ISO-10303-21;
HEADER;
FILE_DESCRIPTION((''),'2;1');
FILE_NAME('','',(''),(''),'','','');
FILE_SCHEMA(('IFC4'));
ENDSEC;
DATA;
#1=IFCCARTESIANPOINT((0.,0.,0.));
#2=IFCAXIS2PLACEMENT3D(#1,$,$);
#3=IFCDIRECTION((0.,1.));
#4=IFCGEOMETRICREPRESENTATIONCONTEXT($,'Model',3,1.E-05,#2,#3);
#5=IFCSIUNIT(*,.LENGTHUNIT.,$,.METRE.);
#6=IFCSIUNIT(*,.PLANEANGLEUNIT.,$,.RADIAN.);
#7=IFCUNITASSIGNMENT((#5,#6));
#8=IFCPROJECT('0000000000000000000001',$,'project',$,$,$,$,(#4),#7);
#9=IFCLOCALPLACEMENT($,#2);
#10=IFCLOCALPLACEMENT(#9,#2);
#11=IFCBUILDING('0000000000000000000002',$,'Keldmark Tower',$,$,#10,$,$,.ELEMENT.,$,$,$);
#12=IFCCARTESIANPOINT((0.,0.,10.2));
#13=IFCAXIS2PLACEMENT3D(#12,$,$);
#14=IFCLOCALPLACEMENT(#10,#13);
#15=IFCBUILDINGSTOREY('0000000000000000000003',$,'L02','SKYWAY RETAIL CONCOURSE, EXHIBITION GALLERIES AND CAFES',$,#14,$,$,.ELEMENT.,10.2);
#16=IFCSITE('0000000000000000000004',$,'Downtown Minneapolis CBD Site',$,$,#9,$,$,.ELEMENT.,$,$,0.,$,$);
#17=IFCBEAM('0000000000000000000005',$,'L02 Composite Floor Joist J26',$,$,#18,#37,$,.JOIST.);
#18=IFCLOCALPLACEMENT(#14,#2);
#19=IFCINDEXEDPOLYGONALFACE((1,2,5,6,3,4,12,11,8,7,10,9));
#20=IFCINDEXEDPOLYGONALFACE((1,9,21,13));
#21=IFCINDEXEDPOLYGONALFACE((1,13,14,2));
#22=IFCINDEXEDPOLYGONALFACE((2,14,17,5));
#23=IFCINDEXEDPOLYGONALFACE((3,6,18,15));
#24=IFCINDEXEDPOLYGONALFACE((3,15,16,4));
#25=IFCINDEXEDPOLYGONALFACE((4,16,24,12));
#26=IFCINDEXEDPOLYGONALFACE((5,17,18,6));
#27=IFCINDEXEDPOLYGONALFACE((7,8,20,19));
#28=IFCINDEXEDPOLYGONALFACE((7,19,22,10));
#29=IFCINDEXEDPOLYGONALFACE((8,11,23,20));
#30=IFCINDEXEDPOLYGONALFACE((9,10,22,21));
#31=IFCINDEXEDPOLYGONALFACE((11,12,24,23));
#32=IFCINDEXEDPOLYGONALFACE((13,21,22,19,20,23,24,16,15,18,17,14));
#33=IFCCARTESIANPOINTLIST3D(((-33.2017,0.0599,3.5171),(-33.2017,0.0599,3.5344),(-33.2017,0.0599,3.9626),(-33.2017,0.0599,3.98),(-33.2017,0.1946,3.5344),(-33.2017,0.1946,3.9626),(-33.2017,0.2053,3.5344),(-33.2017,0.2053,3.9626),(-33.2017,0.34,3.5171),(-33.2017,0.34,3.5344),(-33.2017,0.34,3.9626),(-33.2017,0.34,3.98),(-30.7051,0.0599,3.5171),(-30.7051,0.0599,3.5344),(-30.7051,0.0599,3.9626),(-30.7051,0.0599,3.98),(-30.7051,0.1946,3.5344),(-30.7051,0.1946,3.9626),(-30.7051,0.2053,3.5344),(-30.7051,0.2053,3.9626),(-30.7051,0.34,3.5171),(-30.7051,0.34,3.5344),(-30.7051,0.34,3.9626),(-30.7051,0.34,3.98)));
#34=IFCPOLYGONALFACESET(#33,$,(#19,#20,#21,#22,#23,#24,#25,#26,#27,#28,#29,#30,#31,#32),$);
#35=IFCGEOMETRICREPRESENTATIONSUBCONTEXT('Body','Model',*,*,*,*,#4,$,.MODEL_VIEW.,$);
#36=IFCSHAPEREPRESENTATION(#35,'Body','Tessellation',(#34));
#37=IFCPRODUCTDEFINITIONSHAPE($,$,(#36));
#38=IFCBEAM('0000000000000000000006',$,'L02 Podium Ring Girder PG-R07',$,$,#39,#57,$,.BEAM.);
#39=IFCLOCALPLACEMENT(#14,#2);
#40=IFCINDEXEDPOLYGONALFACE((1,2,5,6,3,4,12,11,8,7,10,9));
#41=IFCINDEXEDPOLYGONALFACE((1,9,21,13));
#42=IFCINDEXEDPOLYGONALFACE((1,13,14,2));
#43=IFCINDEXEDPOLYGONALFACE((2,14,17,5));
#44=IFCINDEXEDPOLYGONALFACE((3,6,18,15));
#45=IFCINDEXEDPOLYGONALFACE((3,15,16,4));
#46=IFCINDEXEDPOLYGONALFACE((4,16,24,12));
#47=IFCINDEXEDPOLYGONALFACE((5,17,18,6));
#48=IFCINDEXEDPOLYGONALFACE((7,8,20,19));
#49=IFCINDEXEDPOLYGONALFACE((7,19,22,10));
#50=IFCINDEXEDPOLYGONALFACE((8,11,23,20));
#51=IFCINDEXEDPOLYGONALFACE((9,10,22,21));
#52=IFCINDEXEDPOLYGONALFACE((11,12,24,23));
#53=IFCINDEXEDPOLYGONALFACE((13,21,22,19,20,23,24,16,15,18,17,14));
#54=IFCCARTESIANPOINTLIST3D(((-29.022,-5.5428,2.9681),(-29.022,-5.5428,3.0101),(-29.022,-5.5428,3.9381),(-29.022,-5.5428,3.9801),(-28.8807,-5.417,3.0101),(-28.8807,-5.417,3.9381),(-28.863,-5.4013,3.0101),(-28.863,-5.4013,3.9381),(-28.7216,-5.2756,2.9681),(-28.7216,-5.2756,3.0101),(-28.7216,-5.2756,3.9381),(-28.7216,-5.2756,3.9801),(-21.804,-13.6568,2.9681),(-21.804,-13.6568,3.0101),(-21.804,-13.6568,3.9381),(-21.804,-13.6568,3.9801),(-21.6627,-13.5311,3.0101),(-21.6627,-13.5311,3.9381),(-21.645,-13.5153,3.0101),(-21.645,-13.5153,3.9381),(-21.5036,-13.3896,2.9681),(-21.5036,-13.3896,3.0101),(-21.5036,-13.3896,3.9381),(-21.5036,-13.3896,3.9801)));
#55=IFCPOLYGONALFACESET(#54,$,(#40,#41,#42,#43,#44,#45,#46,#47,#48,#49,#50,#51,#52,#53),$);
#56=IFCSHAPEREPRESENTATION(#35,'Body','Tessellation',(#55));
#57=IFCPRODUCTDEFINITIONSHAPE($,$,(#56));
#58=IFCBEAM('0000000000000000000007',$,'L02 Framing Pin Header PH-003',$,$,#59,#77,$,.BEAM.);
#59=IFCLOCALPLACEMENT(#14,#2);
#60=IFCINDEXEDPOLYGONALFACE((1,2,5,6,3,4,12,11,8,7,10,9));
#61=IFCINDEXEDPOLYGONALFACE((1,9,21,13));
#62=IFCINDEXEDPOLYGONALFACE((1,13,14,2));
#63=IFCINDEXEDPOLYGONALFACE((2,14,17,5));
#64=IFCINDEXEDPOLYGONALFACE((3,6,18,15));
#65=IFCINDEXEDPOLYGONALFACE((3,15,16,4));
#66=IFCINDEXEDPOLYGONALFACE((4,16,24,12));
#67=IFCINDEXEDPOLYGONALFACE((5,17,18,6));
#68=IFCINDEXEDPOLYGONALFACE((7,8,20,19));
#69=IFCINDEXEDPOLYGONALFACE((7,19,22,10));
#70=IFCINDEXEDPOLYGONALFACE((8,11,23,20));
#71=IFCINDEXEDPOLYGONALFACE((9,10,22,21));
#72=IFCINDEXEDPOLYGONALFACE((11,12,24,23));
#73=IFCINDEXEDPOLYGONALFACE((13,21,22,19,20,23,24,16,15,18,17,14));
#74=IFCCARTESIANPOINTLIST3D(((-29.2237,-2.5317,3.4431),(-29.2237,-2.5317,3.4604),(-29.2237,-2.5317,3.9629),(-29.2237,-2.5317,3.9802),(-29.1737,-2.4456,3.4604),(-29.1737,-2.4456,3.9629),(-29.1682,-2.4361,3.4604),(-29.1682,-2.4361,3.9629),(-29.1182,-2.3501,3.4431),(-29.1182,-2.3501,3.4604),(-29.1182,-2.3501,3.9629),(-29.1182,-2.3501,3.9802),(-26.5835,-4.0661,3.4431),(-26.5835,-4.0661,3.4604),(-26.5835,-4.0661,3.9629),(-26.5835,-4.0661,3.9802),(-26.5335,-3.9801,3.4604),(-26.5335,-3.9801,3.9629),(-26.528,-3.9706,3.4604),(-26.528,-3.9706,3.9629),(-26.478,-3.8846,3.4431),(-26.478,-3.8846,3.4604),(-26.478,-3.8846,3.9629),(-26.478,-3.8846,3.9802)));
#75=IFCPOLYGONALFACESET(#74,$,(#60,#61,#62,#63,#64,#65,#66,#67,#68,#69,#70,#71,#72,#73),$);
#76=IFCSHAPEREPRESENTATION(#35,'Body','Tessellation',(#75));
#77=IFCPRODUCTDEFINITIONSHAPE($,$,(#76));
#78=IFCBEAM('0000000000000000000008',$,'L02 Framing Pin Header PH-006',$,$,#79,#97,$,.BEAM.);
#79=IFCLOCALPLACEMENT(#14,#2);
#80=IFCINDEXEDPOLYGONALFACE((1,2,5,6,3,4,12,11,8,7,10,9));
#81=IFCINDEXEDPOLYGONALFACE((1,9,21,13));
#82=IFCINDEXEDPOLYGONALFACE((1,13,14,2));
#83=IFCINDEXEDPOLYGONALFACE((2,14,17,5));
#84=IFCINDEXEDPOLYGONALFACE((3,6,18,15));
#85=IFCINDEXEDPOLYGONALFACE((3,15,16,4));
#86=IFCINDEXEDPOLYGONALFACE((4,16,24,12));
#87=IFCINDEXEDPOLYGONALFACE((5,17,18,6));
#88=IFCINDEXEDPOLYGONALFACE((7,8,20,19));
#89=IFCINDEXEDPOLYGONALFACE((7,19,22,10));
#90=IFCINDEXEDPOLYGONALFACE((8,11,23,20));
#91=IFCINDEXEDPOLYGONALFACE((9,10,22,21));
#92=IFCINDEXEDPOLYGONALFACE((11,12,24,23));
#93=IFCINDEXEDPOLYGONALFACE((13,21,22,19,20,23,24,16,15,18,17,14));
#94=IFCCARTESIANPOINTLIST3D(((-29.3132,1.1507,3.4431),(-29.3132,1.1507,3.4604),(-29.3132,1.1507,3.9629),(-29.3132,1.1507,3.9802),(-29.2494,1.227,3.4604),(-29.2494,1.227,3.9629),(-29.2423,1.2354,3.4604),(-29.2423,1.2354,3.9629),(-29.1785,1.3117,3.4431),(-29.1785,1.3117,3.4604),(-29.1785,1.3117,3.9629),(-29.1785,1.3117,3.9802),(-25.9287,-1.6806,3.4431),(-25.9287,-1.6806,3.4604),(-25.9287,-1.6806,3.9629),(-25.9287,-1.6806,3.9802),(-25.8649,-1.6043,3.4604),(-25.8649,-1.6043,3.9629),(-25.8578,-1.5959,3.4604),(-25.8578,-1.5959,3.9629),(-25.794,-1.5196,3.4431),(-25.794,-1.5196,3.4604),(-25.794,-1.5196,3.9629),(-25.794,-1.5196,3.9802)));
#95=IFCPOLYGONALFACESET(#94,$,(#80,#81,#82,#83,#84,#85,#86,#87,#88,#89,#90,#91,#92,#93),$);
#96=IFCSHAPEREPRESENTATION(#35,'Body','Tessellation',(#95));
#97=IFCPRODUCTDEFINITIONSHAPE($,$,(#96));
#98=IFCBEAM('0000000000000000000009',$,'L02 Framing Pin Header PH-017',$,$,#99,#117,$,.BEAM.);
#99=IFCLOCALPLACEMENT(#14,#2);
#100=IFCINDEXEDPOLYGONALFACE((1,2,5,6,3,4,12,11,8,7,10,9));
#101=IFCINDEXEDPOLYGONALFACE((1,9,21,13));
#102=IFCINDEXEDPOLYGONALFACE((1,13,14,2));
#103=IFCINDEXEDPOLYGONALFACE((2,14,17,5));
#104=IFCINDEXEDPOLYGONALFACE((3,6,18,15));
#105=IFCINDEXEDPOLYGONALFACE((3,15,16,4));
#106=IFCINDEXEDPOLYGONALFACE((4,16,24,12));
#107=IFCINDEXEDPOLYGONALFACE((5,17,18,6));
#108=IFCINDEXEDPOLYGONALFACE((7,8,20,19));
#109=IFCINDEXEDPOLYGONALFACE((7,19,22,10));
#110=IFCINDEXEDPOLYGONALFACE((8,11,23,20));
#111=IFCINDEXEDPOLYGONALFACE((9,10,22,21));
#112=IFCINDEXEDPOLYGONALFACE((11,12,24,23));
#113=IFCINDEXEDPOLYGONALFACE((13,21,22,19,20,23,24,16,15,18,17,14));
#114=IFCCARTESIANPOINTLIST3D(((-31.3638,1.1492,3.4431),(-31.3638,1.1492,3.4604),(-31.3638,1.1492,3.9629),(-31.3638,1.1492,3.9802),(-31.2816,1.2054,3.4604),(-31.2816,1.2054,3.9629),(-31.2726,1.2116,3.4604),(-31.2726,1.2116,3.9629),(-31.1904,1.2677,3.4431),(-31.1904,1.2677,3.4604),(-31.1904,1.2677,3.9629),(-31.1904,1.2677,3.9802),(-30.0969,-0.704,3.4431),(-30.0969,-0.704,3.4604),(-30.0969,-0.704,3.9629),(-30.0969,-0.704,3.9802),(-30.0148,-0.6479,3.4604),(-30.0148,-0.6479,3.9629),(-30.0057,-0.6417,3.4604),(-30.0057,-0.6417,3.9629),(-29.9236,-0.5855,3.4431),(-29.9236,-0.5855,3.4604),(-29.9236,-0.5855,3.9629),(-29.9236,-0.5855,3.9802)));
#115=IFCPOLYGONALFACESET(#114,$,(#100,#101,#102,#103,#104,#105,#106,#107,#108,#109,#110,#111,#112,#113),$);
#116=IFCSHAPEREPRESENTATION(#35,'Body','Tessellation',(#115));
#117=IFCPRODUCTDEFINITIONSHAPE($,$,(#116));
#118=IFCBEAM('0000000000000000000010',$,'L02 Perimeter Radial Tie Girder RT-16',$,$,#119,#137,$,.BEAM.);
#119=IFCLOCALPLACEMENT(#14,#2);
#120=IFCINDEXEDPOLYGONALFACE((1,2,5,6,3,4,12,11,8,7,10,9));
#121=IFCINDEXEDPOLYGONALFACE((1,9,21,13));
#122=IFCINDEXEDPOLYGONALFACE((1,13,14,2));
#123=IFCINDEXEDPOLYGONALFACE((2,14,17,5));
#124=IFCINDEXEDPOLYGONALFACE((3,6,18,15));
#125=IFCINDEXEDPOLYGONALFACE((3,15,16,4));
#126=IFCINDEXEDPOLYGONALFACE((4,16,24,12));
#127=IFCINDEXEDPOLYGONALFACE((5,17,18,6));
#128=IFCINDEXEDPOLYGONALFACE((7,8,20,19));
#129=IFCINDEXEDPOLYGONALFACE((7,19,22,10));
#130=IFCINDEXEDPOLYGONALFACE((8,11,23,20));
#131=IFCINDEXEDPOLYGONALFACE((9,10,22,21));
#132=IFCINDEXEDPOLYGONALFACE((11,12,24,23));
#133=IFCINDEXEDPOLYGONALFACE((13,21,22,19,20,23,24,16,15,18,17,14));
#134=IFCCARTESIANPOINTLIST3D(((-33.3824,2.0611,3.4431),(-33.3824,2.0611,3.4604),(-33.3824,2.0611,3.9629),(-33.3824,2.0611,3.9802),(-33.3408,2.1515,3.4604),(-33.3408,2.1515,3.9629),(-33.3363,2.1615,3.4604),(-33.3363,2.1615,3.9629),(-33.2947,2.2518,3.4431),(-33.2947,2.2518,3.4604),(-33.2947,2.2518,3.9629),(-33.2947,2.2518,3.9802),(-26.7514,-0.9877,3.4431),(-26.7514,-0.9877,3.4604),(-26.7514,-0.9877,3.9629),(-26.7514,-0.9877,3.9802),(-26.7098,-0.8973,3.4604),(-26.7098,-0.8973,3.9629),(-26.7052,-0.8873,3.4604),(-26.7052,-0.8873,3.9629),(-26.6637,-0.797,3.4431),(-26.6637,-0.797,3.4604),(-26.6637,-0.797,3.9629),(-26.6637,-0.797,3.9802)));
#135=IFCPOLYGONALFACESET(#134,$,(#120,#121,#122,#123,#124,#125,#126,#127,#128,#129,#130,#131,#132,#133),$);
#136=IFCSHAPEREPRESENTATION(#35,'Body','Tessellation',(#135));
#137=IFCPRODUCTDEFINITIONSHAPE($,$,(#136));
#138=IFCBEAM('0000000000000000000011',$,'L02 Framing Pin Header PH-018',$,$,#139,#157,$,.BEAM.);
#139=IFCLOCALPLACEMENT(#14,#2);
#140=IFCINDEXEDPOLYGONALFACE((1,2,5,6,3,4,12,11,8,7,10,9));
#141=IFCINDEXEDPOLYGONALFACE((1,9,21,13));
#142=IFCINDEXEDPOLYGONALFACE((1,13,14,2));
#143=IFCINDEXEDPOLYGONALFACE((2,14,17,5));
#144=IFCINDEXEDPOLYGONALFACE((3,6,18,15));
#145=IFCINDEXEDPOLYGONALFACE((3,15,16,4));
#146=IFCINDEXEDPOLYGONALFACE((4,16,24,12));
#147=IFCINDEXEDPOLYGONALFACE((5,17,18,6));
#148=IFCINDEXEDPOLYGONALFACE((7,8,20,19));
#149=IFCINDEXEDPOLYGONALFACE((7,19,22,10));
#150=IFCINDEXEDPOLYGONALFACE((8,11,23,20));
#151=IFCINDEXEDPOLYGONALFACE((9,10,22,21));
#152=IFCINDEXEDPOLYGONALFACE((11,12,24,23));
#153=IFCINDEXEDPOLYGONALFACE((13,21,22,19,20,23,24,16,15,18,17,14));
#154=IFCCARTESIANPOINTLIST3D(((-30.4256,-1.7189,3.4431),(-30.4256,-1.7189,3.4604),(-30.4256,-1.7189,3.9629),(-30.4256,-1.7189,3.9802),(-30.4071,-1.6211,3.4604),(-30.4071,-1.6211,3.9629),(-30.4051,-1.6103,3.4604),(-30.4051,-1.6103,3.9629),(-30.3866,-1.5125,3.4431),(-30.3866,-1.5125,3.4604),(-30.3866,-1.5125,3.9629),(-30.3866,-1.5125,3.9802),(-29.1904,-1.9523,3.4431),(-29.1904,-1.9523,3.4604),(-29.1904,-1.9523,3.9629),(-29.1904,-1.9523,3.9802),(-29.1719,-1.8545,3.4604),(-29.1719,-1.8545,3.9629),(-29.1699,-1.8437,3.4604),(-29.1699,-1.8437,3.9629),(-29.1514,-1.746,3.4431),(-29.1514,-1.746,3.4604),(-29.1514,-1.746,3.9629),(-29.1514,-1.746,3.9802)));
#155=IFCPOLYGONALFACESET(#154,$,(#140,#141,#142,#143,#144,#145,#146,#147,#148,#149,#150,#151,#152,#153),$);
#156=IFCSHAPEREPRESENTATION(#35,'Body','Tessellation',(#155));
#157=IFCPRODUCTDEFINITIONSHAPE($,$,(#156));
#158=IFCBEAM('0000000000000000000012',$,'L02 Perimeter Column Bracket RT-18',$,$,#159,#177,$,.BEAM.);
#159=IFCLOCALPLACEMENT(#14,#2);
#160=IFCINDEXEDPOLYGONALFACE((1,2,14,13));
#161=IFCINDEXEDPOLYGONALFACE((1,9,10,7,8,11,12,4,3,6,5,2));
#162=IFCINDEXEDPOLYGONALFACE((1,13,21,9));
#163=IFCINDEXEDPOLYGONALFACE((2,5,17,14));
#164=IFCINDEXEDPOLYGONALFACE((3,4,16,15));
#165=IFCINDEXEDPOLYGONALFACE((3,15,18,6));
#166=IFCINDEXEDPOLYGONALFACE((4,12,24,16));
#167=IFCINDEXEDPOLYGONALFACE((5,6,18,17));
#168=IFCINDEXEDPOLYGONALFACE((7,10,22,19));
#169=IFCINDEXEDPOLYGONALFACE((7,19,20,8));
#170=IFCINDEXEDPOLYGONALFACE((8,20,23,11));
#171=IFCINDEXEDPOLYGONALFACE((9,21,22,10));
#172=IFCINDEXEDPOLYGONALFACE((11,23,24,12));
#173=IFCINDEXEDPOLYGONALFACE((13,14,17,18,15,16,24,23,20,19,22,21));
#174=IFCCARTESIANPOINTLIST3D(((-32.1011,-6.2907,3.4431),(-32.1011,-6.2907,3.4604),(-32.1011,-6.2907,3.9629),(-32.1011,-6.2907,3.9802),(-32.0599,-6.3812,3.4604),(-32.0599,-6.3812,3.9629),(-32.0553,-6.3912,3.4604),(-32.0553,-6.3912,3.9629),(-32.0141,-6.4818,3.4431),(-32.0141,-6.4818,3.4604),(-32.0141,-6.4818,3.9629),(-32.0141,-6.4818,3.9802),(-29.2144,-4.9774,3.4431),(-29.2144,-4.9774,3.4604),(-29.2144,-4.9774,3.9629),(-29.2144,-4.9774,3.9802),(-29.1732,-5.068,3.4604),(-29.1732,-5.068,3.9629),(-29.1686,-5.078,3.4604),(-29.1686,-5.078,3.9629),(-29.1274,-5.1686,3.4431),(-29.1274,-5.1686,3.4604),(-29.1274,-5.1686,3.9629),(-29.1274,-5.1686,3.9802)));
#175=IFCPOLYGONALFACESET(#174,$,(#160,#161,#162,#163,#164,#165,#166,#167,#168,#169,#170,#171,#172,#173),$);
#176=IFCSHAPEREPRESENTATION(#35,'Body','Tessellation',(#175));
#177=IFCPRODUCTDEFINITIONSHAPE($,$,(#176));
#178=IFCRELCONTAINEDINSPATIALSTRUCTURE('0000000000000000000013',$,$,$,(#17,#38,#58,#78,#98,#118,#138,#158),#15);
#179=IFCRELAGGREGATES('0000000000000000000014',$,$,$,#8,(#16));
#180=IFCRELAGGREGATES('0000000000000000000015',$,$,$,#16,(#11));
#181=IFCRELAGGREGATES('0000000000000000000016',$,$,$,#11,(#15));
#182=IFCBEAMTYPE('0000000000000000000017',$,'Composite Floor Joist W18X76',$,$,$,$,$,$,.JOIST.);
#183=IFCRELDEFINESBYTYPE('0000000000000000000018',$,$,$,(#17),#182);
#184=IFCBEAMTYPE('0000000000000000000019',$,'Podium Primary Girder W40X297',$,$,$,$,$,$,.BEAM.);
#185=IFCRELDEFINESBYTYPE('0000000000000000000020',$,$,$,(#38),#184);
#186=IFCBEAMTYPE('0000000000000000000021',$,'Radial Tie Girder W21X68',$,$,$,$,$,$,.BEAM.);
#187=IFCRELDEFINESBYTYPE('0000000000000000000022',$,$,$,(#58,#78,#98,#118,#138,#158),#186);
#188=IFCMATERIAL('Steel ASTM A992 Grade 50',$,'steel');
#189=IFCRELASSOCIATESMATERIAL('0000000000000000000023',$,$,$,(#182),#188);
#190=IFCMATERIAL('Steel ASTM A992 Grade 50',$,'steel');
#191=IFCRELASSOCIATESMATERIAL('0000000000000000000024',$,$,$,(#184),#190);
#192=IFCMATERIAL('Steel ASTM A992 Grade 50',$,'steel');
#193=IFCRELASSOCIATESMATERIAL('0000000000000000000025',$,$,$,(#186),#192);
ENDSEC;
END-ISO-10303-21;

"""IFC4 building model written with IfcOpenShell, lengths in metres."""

from ifc_helpers import new_model, si_unit, direction, frame, origin, origin_2d, place, context, subcontext, project, spatial, i_section, extrude, material, material_profile, profile_set, type_object, element, save


model = new_model("IFC4")

# Units and contexts
model_context = context("Model", 3, precision=1e-05, world=origin(), true_north=direction((0.0, 1.0)))
body_context = subcontext(model_context, "Body", "Model", "MODEL_VIEW")
ifc_project = project(units=[si_unit("LENGTHUNIT", "METRE"), si_unit("PLANEANGLEUNIT", "RADIAN")], contexts=[model_context])

# Site, building, storey
site_placement = place(None, origin())
site = spatial("IfcSite", under=ifc_project, at=site_placement, Name="Downtown Minneapolis CBD Site", CompositionType="ELEMENT", RefElevation=0.0)
building_placement = place(site_placement, origin())
building = spatial("IfcBuilding", under=site, at=building_placement, Name="Keldmark Tower", CompositionType="ELEMENT")
storey_placement = place(building_placement, frame((0.0, 0.0, 10.2)))
storey = spatial("IfcBuildingStorey", under=building, at=storey_placement, Name="L02", Description="SKYWAY RETAIL CONCOURSE, EXHIBITION GALLERIES AND CAFES", CompositionType="ELEMENT", Elevation=10.2)

# Beams
ifc_material_1 = material(Name="Steel ASTM A992 Grade 50", Category="steel")
ifc_material_profile_1 = material_profile(ifc_material_1, i_section(OverallWidth=0.28, OverallDepth=0.4629, WebThickness=0.0107, FlangeThickness=0.0173, at=origin_2d()), Name="W18X76")
ifc_profile_set_1 = profile_set([ifc_material_profile_1], Name="Steel ASTM A992 Grade 50")
beam_type_1 = type_object("IfcBeamType", Name="Composite Floor Joist W18X76", PredefinedType="JOIST", material=ifc_profile_set_1)
beam_1_placement = place(storey_placement, frame((-33.2017, 0.2, 3.7485), z_axis=(1.0, 0.0, 0.0), x_axis=(0.0, 1.0, 0.0)))
element("IfcBeam", 1, at=beam_1_placement, inside=storey, type_object=beam_type_1, Name="L02 Composite Floor Joist J26", PredefinedType="JOIST", context=body_context, shape_type="SweptSolid", body=[
    extrude(i_section(OverallWidth=0.28, OverallDepth=0.4629, WebThickness=0.0107, FlangeThickness=0.0173, at=origin_2d()), origin(), (0.0, 0.0, 1.0), 2.4966),
])
ifc_material_2 = material(Name="Steel ASTM A992 Grade 50", Category="steel")
ifc_material_profile_2 = material_profile(ifc_material_2, i_section(OverallWidth=0.4021, OverallDepth=1.012, WebThickness=0.0237, FlangeThickness=0.042, at=origin_2d()), Name="W40X297")
ifc_profile_set_2 = profile_set([ifc_material_profile_2], Name="Steel ASTM A992 Grade 50")
beam_type_2 = type_object("IfcBeamType", Name="Podium Primary Girder W40X297", PredefinedType="BEAM", material=ifc_profile_set_2)
beam_2_placement = place(storey_placement, frame((-28.8718, -5.4092, 3.4741), z_axis=(0.66465, -0.747155, 0.0), x_axis=(0.747155, 0.66465, 0.0)))
element("IfcBeam", 2, at=beam_2_placement, inside=storey, type_object=beam_type_2, Name="L02 Podium Ring Girder PG-R07", PredefinedType="BEAM", context=body_context, shape_type="SweptSolid", body=[
    extrude(i_section(OverallWidth=0.4021, OverallDepth=1.012, WebThickness=0.0237, FlangeThickness=0.042, at=origin_2d()), origin(), (0.0, 0.0, 1.0), 10.8599),
])
ifc_material_3 = material(Name="Steel ASTM A992 Grade 50", Category="steel")
ifc_material_profile_3 = material_profile(ifc_material_3, i_section(OverallWidth=0.21, OverallDepth=0.5371, WebThickness=0.011, FlangeThickness=0.0173, at=origin_2d()), Name="W21X68")
ifc_profile_set_3 = profile_set([ifc_material_profile_3], Name="Steel ASTM A992 Grade 50")
beam_type_3 = type_object("IfcBeamType", Name="Radial Tie Girder W21X68", PredefinedType="BEAM", material=ifc_profile_set_3)
beam_3_placement = place(storey_placement, frame((-26.5308, -3.9753, 3.7117), z_axis=(-0.864584, 0.502488, 0.0), x_axis=(-0.502488, -0.864584, 0.0)))
element("IfcBeam", 3, at=beam_3_placement, inside=storey, type_object=beam_type_3, Name="L02 Framing Pin Header PH-003", PredefinedType="BEAM", context=body_context, shape_type="SweptSolid", body=[
    extrude(i_section(OverallWidth=0.21, OverallDepth=0.5371, WebThickness=0.011, FlangeThickness=0.0173, at=origin_2d()), origin(), (0.0, 0.0, 1.0), 3.0537),
])
beam_4_placement = place(storey_placement, frame((-25.8613, -1.6001, 3.7117), z_axis=(-0.767009, 0.641636, 0.0), x_axis=(-0.641636, -0.767009, 0.0)))
element("IfcBeam", 4, at=beam_4_placement, inside=storey, type_object=beam_type_3, Name="L02 Framing Pin Header PH-006", PredefinedType="BEAM", context=body_context, shape_type="SweptSolid", body=[
    extrude(i_section(OverallWidth=0.21, OverallDepth=0.5371, WebThickness=0.011, FlangeThickness=0.0173, at=origin_2d()), origin(), (0.0, 0.0, 1.0), 4.4126),
])
beam_5_placement = place(storey_placement, frame((-30.0103, -0.6448, 3.7117), z_axis=(-0.564325, 0.825553, 0.0), x_axis=(-0.825553, -0.564325, 0.0)))
element("IfcBeam", 5, at=beam_5_placement, inside=storey, type_object=beam_type_3, Name="L02 Framing Pin Header PH-017", PredefinedType="BEAM", context=body_context, shape_type="SweptSolid", body=[
    extrude(i_section(OverallWidth=0.21, OverallDepth=0.5371, WebThickness=0.011, FlangeThickness=0.0173, at=origin_2d()), origin(), (0.0, 0.0, 1.0), 2.2449),
])
beam_6_placement = place(storey_placement, frame((-26.7075, -0.8923, 3.7117), z_axis=(-0.908567, 0.417738, 0.0), x_axis=(-0.417738, -0.908567, 0.0)))
element("IfcBeam", 6, at=beam_6_placement, inside=storey, type_object=beam_type_3, Name="L02 Perimeter Radial Tie Girder RT-16", PredefinedType="BEAM", context=body_context, shape_type="SweptSolid", body=[
    extrude(i_section(OverallWidth=0.21, OverallDepth=0.5371, WebThickness=0.011, FlangeThickness=0.0173, at=origin_2d()), origin(), (0.0, 0.0, 1.0), 7.2983),
])
beam_7_placement = place(storey_placement, frame((-29.1709, -1.8491, 3.7117), z_axis=(-0.98261, 0.185684, 0.0), x_axis=(-0.185684, -0.98261, 0.0)))
element("IfcBeam", 7, at=beam_7_placement, inside=storey, type_object=beam_type_3, Name="L02 Framing Pin Header PH-018", PredefinedType="BEAM", context=body_context, shape_type="SweptSolid", body=[
    extrude(i_section(OverallWidth=0.21, OverallDepth=0.5371, WebThickness=0.011, FlangeThickness=0.0173, at=origin_2d()), origin(), (0.0, 0.0, 1.0), 1.2571),
])
beam_8_placement = place(storey_placement, frame((-29.1709, -5.073, 3.7117), z_axis=(-0.910237, -0.414087, 0.0), x_axis=(0.414087, -0.910237, 0.0)))
element("IfcBeam", 8, at=beam_8_placement, inside=storey, type_object=beam_type_3, Name="L02 Perimeter Column Bracket RT-18", PredefinedType="BEAM", context=body_context, shape_type="SweptSolid", body=[
    extrude(i_section(OverallWidth=0.21, OverallDepth=0.5371, WebThickness=0.011, FlangeThickness=0.0173, at=origin_2d()), origin(), (0.0, 0.0, 1.0), 3.1714),
])

save(model, "model.ifc")
